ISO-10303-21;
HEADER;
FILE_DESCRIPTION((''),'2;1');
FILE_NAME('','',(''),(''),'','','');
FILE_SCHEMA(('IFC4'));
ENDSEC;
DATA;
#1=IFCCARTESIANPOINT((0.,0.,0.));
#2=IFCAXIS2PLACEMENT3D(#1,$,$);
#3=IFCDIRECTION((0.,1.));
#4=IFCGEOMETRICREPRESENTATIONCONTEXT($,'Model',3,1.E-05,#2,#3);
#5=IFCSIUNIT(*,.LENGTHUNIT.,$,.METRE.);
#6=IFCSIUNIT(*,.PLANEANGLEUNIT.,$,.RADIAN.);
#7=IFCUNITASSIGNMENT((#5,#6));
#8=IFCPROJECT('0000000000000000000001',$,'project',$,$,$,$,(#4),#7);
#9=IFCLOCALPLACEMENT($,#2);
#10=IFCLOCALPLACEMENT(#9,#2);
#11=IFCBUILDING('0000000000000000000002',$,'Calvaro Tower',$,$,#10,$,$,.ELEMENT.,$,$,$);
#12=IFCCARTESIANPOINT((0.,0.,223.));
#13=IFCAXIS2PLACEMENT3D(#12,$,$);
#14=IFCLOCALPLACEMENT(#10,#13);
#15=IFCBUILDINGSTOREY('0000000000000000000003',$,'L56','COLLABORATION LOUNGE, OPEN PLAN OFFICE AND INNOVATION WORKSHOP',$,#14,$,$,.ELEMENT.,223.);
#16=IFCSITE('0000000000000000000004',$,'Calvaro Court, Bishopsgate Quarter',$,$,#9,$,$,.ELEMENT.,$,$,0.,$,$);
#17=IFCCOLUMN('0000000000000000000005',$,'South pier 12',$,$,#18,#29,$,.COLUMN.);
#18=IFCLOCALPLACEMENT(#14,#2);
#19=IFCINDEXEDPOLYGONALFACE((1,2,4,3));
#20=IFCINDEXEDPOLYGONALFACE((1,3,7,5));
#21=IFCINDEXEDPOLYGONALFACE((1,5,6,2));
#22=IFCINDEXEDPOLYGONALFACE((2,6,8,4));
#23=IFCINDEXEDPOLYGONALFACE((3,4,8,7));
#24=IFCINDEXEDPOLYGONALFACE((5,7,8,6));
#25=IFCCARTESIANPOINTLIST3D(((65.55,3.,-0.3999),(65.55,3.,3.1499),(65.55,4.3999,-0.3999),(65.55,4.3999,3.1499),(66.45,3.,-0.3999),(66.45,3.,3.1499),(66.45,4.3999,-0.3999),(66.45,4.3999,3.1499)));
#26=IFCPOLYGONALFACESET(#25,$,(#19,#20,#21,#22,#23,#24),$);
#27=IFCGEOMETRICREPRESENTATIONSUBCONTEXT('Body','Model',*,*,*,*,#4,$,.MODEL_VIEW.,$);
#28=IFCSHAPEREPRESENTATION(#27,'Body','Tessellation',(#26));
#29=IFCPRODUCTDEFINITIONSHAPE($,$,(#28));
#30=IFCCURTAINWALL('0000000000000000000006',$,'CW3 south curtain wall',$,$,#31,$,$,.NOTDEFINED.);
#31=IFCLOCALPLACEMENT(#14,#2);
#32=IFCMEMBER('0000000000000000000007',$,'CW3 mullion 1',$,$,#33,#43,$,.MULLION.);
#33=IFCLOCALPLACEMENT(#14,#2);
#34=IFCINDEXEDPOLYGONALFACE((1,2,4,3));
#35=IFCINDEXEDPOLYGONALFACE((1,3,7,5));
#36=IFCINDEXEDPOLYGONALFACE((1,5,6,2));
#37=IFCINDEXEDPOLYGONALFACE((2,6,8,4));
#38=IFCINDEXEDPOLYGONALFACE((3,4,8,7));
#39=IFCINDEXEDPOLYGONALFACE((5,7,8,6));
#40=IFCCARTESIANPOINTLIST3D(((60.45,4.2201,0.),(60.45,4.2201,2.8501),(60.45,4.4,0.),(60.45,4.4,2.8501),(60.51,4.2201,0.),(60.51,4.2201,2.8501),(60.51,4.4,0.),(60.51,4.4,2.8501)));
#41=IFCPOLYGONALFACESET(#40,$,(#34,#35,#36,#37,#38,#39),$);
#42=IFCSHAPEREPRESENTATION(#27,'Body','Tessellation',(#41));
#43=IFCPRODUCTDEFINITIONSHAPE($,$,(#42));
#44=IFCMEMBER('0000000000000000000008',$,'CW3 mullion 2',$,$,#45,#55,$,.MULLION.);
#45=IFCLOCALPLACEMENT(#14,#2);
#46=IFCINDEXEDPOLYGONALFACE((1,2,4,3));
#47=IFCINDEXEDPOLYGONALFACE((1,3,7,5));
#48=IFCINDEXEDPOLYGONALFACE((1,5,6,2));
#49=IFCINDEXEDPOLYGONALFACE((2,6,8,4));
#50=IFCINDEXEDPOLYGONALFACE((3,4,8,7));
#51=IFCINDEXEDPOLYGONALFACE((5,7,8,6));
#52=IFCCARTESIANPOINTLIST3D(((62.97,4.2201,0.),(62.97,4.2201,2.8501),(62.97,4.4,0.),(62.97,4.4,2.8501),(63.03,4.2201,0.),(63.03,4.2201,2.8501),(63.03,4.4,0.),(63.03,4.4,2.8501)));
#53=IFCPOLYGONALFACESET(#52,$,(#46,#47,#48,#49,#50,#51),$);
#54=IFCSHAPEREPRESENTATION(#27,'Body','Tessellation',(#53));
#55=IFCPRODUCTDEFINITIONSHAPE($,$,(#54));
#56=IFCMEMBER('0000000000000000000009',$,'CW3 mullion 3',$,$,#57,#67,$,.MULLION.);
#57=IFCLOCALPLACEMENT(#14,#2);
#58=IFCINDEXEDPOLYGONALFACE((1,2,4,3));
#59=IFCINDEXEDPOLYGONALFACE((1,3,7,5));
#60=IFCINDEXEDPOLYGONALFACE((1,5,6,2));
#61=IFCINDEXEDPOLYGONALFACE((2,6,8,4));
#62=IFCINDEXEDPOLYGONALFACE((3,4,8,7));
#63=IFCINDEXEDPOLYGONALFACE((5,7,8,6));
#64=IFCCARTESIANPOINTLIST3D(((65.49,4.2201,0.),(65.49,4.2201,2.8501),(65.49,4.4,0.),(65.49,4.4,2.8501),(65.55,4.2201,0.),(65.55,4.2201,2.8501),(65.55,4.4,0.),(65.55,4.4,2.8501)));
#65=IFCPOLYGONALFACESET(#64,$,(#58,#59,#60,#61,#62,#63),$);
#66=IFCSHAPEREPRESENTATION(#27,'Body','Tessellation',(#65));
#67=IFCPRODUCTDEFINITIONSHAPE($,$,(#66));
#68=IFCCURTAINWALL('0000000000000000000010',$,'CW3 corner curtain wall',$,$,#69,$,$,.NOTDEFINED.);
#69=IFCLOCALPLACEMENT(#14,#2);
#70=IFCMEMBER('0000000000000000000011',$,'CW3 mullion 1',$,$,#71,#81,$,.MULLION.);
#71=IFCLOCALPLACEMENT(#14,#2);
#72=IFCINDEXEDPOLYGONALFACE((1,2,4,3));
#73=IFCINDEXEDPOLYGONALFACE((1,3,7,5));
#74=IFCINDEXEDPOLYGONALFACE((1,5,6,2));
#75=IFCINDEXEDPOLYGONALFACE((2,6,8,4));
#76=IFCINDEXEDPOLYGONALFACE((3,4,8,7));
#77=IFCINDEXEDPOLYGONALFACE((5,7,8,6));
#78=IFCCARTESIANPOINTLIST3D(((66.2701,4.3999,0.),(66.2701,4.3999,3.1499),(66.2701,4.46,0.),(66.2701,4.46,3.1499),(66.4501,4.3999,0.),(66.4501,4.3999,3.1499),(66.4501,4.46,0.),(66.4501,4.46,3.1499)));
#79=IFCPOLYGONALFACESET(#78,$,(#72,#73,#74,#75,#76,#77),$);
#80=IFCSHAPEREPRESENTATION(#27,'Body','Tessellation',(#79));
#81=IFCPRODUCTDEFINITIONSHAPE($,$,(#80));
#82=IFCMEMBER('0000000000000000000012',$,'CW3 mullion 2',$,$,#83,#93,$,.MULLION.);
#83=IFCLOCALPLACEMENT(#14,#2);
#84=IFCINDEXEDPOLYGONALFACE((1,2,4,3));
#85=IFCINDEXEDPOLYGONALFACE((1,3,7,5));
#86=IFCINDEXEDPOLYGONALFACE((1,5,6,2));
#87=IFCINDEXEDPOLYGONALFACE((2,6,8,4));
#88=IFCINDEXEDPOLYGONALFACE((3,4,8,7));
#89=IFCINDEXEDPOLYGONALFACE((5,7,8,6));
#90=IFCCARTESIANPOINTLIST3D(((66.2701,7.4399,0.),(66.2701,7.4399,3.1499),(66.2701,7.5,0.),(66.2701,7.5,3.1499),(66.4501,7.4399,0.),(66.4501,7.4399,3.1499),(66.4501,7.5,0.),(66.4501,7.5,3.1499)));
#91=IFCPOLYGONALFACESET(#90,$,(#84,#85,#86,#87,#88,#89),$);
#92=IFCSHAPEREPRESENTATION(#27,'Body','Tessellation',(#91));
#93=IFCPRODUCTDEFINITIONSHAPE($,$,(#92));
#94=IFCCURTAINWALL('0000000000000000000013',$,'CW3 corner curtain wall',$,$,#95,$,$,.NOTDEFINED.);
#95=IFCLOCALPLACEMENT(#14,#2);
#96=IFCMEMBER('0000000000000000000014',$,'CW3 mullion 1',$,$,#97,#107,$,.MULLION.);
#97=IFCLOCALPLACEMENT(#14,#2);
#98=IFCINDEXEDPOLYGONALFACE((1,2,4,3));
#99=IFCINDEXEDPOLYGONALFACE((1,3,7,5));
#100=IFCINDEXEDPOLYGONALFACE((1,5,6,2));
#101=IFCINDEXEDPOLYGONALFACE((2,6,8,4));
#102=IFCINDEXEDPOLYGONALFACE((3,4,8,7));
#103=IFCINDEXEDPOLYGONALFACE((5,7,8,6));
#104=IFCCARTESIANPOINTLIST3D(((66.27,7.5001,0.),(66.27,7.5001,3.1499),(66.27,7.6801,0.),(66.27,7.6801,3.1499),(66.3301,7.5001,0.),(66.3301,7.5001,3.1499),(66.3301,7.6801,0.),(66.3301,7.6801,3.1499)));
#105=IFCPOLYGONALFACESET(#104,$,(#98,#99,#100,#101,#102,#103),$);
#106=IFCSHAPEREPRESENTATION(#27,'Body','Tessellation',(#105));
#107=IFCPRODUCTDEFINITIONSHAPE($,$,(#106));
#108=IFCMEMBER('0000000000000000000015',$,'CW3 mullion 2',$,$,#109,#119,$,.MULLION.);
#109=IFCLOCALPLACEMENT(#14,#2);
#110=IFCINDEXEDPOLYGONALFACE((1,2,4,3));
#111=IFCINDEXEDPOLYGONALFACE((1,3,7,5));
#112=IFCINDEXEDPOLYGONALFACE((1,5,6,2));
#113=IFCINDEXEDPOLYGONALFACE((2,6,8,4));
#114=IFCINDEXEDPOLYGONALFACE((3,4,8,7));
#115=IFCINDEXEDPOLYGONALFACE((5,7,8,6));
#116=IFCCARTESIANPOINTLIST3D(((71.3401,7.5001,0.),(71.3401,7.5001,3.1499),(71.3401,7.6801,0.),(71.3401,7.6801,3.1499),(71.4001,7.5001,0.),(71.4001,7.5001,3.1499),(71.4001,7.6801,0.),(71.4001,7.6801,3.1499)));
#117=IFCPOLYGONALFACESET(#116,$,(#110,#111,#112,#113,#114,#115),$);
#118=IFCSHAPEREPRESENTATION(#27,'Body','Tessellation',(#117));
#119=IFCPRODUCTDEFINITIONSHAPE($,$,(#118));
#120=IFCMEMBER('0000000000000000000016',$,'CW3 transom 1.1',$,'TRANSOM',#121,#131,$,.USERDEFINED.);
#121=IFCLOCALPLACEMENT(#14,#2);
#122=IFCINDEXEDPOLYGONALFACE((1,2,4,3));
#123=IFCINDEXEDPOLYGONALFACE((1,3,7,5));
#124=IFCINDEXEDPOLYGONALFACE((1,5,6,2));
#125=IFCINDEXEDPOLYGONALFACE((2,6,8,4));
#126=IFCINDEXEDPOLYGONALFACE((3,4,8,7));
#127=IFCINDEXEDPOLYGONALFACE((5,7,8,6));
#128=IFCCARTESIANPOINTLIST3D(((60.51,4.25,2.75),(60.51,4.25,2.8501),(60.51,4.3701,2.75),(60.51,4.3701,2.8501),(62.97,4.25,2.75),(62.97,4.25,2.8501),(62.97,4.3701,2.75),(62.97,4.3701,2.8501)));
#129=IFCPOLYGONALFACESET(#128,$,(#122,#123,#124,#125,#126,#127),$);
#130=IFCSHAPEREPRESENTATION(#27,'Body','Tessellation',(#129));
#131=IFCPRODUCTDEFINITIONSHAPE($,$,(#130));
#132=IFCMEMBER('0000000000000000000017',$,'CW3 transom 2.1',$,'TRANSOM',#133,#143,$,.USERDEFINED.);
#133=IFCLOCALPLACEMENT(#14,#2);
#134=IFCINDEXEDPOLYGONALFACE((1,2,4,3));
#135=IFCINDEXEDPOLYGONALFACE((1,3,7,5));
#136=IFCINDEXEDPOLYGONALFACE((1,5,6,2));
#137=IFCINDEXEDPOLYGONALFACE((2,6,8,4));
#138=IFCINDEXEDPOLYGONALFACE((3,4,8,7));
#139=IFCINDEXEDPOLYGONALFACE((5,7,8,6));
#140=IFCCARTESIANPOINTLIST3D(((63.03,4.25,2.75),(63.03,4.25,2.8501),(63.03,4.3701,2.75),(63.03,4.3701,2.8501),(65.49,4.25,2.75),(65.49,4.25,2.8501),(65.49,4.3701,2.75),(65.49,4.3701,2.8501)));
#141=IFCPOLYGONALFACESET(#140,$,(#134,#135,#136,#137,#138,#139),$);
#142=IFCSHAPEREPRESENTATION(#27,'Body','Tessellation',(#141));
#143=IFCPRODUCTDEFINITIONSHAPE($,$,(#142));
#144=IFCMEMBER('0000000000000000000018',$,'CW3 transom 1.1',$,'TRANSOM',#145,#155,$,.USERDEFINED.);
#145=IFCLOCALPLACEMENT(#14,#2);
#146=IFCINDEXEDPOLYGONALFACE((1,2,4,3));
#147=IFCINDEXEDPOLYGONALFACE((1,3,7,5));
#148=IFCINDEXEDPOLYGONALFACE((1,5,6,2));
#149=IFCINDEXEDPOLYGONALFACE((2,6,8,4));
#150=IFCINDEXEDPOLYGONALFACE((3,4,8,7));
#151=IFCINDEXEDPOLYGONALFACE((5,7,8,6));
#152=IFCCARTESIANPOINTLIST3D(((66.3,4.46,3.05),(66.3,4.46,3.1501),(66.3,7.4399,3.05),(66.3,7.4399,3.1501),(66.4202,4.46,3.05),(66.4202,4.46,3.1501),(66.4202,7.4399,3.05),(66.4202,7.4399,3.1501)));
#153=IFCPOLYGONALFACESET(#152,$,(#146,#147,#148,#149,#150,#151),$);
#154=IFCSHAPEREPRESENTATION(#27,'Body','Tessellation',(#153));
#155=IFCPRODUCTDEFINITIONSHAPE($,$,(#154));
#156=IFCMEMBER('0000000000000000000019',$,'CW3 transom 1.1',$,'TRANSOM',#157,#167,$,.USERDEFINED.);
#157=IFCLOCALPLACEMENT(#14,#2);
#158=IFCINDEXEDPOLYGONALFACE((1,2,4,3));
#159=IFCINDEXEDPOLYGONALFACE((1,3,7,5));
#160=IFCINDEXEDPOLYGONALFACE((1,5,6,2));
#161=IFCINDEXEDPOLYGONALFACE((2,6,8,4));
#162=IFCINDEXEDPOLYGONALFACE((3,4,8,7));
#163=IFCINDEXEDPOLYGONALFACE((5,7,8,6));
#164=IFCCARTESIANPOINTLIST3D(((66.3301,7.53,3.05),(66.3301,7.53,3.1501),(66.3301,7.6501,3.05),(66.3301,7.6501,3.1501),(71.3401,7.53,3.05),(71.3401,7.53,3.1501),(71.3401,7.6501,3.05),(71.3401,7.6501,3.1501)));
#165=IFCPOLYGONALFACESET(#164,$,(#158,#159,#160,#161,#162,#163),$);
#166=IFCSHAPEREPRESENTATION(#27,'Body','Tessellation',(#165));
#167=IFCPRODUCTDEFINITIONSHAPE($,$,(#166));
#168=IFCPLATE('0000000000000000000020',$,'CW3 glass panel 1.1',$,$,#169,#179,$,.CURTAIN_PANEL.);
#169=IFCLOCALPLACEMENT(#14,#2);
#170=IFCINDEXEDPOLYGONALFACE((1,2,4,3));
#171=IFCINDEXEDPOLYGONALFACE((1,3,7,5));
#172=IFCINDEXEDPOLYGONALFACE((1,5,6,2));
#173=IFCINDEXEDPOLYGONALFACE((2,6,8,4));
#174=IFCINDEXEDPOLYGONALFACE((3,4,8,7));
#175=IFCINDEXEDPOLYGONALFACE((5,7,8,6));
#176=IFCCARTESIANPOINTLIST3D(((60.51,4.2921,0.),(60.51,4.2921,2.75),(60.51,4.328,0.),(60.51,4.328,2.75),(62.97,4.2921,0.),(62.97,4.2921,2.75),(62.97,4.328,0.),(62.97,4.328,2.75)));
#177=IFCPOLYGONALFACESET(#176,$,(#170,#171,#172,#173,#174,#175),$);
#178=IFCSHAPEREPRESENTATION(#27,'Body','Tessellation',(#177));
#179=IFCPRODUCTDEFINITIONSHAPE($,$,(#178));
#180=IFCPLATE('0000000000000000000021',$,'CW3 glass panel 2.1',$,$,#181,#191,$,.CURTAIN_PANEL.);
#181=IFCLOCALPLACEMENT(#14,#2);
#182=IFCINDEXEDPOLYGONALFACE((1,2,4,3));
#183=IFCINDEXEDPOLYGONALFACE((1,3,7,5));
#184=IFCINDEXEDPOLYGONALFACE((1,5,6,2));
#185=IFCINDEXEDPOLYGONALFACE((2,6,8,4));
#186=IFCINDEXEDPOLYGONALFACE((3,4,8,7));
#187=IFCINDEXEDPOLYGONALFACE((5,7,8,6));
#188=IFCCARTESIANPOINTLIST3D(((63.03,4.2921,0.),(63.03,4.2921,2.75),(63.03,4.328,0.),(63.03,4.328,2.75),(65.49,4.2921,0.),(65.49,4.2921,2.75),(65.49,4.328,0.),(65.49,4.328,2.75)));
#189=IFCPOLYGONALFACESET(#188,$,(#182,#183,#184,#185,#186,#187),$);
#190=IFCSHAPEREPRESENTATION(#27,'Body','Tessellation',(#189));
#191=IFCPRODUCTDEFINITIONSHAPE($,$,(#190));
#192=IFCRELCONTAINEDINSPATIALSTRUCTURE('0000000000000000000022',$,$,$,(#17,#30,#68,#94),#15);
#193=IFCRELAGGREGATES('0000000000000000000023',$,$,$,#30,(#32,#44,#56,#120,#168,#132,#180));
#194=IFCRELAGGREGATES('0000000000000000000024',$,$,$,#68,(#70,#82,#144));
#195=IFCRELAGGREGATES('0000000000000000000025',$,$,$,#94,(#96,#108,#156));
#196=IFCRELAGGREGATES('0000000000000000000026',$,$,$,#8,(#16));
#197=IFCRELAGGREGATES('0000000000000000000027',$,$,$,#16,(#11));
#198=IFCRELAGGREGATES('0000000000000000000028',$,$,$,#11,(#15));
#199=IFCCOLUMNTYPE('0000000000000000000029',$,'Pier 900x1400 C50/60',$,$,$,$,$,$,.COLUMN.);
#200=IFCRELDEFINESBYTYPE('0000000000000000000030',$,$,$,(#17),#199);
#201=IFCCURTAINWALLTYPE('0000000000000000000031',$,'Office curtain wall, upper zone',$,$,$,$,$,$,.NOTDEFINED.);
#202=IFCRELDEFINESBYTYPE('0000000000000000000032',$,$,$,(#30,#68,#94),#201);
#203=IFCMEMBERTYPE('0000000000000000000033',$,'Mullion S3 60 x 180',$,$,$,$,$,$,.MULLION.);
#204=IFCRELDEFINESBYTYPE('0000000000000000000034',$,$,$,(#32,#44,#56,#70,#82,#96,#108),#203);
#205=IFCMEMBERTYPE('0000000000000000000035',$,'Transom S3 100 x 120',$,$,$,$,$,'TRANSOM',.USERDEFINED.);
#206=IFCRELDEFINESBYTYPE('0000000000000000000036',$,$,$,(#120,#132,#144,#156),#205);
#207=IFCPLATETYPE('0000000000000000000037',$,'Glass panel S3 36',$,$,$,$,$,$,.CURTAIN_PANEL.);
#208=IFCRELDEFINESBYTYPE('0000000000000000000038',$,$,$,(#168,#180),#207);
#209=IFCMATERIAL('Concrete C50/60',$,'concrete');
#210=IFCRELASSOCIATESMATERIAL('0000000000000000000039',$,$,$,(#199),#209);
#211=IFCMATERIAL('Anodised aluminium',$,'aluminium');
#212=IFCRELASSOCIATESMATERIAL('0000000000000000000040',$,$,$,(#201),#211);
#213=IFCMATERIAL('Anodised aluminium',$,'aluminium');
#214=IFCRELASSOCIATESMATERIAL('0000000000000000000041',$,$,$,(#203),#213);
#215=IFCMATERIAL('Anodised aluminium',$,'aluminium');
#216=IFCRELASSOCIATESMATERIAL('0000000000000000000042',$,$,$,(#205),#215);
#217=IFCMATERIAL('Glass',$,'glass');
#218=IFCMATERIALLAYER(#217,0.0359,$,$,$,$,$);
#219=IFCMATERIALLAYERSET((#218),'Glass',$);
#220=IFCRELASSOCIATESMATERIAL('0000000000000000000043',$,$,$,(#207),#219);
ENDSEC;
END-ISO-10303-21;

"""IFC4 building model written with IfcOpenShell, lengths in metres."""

from ifc_helpers import new_model, si_unit, direction, frame, origin, origin_2d, place, context, subcontext, project, spatial, rectangle, extrude, material, layer, layer_set, material_profile, profile_set, type_object, element, aggregate, save


model = new_model("IFC4")

# Units and contexts
model_context = context("Model", 3, precision=1e-05, world=origin(), true_north=direction((0.0, 1.0)))
body_context = subcontext(model_context, "Body", "Model", "MODEL_VIEW")
ifc_project = project(units=[si_unit("LENGTHUNIT", "METRE"), si_unit("PLANEANGLEUNIT", "RADIAN")], contexts=[model_context])

# Site, building, storey
site_placement = place(None, origin())
site = spatial("IfcSite", under=ifc_project, at=site_placement, Name="Calvaro Court, Bishopsgate Quarter", CompositionType="ELEMENT", RefElevation=0.0)
building_placement = place(site_placement, origin())
building = spatial("IfcBuilding", under=site, at=building_placement, Name="Calvaro Tower", CompositionType="ELEMENT")
storey_placement = place(building_placement, frame((0.0, 0.0, 223.0)))
storey = spatial("IfcBuildingStorey", under=building, at=storey_placement, Name="L56", Description="COLLABORATION LOUNGE, OPEN PLAN OFFICE AND INNOVATION WORKSHOP", CompositionType="ELEMENT", Elevation=223.0)

# Column
ifc_material_1 = material(Name="Concrete C50/60", Category="concrete")
ifc_material_profile_1 = material_profile(ifc_material_1, rectangle(XDim=0.8999, YDim=1.3999, at=origin_2d()), Name="RC 900x1400")
ifc_profile_set_1 = profile_set([ifc_material_profile_1], Name="Concrete C50/60")
column_type = type_object("IfcColumnType", Name="Pier 900x1400 C50/60", PredefinedType="COLUMN", material=ifc_profile_set_1)
column_placement = place(storey_placement, frame((66.0, 3.7, -0.3999), z_axis=(0.0, 0.0, 1.0), x_axis=(1.0, 0.0, 0.0)))
element("IfcColumn", 1, at=column_placement, inside=storey, type_object=column_type, Name="South pier 12", PredefinedType="COLUMN", context=body_context, shape_type="SweptSolid", body=[
    extrude(rectangle(XDim=0.8999, YDim=1.3999, at=origin_2d()), origin(), (0.0, 0.0, 1.0), 3.5498),
])

# Curtain walls, members
ifc_material_2 = material(Name="Anodised aluminium", Category="aluminium")
curtain_wall_type = type_object("IfcCurtainWallType", Name="Office curtain wall, upper zone", PredefinedType="NOTDEFINED", material=ifc_material_2)
curtain_wall_1_placement = place(storey_placement, origin())
curtain_wall_1 = element("IfcCurtainWall", 2, at=curtain_wall_1_placement, inside=storey, type_object=curtain_wall_type, Name="CW3 south curtain wall", PredefinedType="NOTDEFINED")
ifc_material_3 = material(Name="Anodised aluminium", Category="aluminium")
ifc_material_profile_2 = material_profile(ifc_material_3, rectangle(XDim=0.1799, YDim=0.0601, at=origin_2d()), Name="Mullion S3 60 x 180")
ifc_profile_set_2 = profile_set([ifc_material_profile_2], Name="Anodised aluminium")
member_type_1 = type_object("IfcMemberType", Name="Mullion S3 60 x 180", PredefinedType="MULLION", material=ifc_profile_set_2)
member_1_placement = place(storey_placement, frame((60.48, 4.3101, 0.0), z_axis=(0.0, 0.0, 1.0), x_axis=(0.0, 1.0, 0.0)))
member_1 = element("IfcMember", 3, at=member_1_placement, type_object=member_type_1, Name="CW3 mullion 1", PredefinedType="MULLION", context=body_context, shape_type="SweptSolid", body=[
    extrude(rectangle(XDim=0.1799, YDim=0.0601, at=origin_2d()), origin(), (0.0, 0.0, 1.0), 2.8501),
])
member_2_placement = place(storey_placement, frame((63.0, 4.3101, 0.0), z_axis=(0.0, 0.0, 1.0), x_axis=(0.0, 1.0, 0.0)))
member_2 = element("IfcMember", 4, at=member_2_placement, type_object=member_type_1, Name="CW3 mullion 2", PredefinedType="MULLION", context=body_context, shape_type="SweptSolid", body=[
    extrude(rectangle(XDim=0.1799, YDim=0.0601, at=origin_2d()), origin(), (0.0, 0.0, 1.0), 2.8501),
])
member_3_placement = place(storey_placement, frame((65.52, 4.3101, 0.0), z_axis=(0.0, 0.0, 1.0), x_axis=(0.0, 1.0, 0.0)))
member_3 = element("IfcMember", 5, at=member_3_placement, type_object=member_type_1, Name="CW3 mullion 3", PredefinedType="MULLION", context=body_context, shape_type="SweptSolid", body=[
    extrude(rectangle(XDim=0.1799, YDim=0.0601, at=origin_2d()), origin(), (0.0, 0.0, 1.0), 2.8501),
])
curtain_wall_2_placement = place(storey_placement, origin())
curtain_wall_2 = element("IfcCurtainWall", 6, at=curtain_wall_2_placement, inside=storey, type_object=curtain_wall_type, Name="CW3 corner curtain wall", PredefinedType="NOTDEFINED")
member_4_placement = place(storey_placement, frame((66.3601, 4.4299, 0.0), z_axis=(0.0, 0.0, 1.0), x_axis=(-1.0, 0.0, 0.0)))
member_4 = element("IfcMember", 7, at=member_4_placement, type_object=member_type_1, Name="CW3 mullion 1", PredefinedType="MULLION", context=body_context, shape_type="SweptSolid", body=[
    extrude(rectangle(XDim=0.1799, YDim=0.0601, at=origin_2d()), origin(), (0.0, 0.0, 1.0), 3.1499),
])
member_5_placement = place(storey_placement, frame((66.3601, 7.47, 0.0), z_axis=(0.0, 0.0, 1.0), x_axis=(-1.0, 0.0, 0.0)))
member_5 = element("IfcMember", 8, at=member_5_placement, type_object=member_type_1, Name="CW3 mullion 2", PredefinedType="MULLION", context=body_context, shape_type="SweptSolid", body=[
    extrude(rectangle(XDim=0.1799, YDim=0.0601, at=origin_2d()), origin(), (0.0, 0.0, 1.0), 3.1499),
])
curtain_wall_3_placement = place(storey_placement, origin())
curtain_wall_3 = element("IfcCurtainWall", 9, at=curtain_wall_3_placement, inside=storey, type_object=curtain_wall_type, Name="CW3 corner curtain wall", PredefinedType="NOTDEFINED")
member_6_placement = place(storey_placement, frame((66.3, 7.5901, 0.0), z_axis=(0.0, 0.0, 1.0), x_axis=(0.0, 1.0, 0.0)))
member_6 = element("IfcMember", 10, at=member_6_placement, type_object=member_type_1, Name="CW3 mullion 1", PredefinedType="MULLION", context=body_context, shape_type="SweptSolid", body=[
    extrude(rectangle(XDim=0.1799, YDim=0.0601, at=origin_2d()), origin(), (0.0, 0.0, 1.0), 3.1499),
])
member_7_placement = place(storey_placement, frame((71.3701, 7.5901, 0.0), z_axis=(0.0, 0.0, 1.0), x_axis=(0.0, 1.0, 0.0)))
member_7 = element("IfcMember", 11, at=member_7_placement, type_object=member_type_1, Name="CW3 mullion 2", PredefinedType="MULLION", context=body_context, shape_type="SweptSolid", body=[
    extrude(rectangle(XDim=0.1799, YDim=0.0601, at=origin_2d()), origin(), (0.0, 0.0, 1.0), 3.1499),
])

# Members
ifc_material_4 = material(Name="Anodised aluminium", Category="aluminium")
ifc_material_profile_3 = material_profile(ifc_material_4, rectangle(XDim=0.1201, YDim=0.1001, at=origin_2d()), Name="Transom S3 100 x 120")
ifc_profile_set_3 = profile_set([ifc_material_profile_3], Name="Anodised aluminium")
member_type_2 = type_object("IfcMemberType", Name="Transom S3 100 x 120", ElementType="TRANSOM", PredefinedType="USERDEFINED", material=ifc_profile_set_3)
member_8_placement = place(storey_placement, frame((60.51, 4.3101, 2.8), z_axis=(1.0, 0.0, 0.0), x_axis=(0.0, 1.0, 0.0)))
member_8 = element("IfcMember", 12, at=member_8_placement, type_object=member_type_2, Name="CW3 transom 1.1", ObjectType="TRANSOM", PredefinedType="USERDEFINED", context=body_context, shape_type="SweptSolid", body=[
    extrude(rectangle(XDim=0.1201, YDim=0.1001, at=origin_2d()), origin(), (0.0, 0.0, 1.0), 2.46),
])
member_9_placement = place(storey_placement, frame((63.03, 4.3101, 2.8), z_axis=(1.0, 0.0, 0.0), x_axis=(0.0, 1.0, 0.0)))
member_9 = element("IfcMember", 13, at=member_9_placement, type_object=member_type_2, Name="CW3 transom 2.1", ObjectType="TRANSOM", PredefinedType="USERDEFINED", context=body_context, shape_type="SweptSolid", body=[
    extrude(rectangle(XDim=0.1201, YDim=0.1001, at=origin_2d()), origin(), (0.0, 0.0, 1.0), 2.46),
])
member_10_placement = place(storey_placement, frame((66.3601, 4.46, 3.1001), z_axis=(0.0, 1.0, 0.0), x_axis=(-1.0, 0.0, 0.0)))
member_10 = element("IfcMember", 14, at=member_10_placement, type_object=member_type_2, Name="CW3 transom 1.1", ObjectType="TRANSOM", PredefinedType="USERDEFINED", context=body_context, shape_type="SweptSolid", body=[
    extrude(rectangle(XDim=0.1201, YDim=0.1001, at=origin_2d()), origin(), (0.0, 0.0, 1.0), 2.98),
])
member_11_placement = place(storey_placement, frame((66.3301, 7.5901, 3.1001), z_axis=(1.0, 0.0, 0.0), x_axis=(0.0, 1.0, 0.0)))
member_11 = element("IfcMember", 15, at=member_11_placement, type_object=member_type_2, Name="CW3 transom 1.1", ObjectType="TRANSOM", PredefinedType="USERDEFINED", context=body_context, shape_type="SweptSolid", body=[
    extrude(rectangle(XDim=0.1201, YDim=0.1001, at=origin_2d()), origin(), (0.0, 0.0, 1.0), 5.01),
])

# Plates
ifc_material_5 = material(Name="Glass", Category="glass")
ifc_layer_1 = layer(ifc_material_5, 0.0359)
ifc_layer_set_1 = layer_set([ifc_layer_1], Name="Glass")
plate_type = type_object("IfcPlateType", Name="Glass panel S3 36", PredefinedType="CURTAIN_PANEL", material=ifc_layer_set_1)
plate_1_placement = place(storey_placement, frame((61.74, 4.3101, 0.0), z_axis=(0.0, 0.0, 1.0), x_axis=(1.0, 0.0, 0.0)))
plate_1 = element("IfcPlate", 16, at=plate_1_placement, type_object=plate_type, Name="CW3 glass panel 1.1", PredefinedType="CURTAIN_PANEL", context=body_context, shape_type="SweptSolid", body=[
    extrude(rectangle(XDim=2.46, YDim=0.0359, at=origin_2d()), origin(), (0.0, 0.0, 1.0), 2.75),
])
plate_2_placement = place(storey_placement, frame((64.26, 4.3101, 0.0), z_axis=(0.0, 0.0, 1.0), x_axis=(1.0, 0.0, 0.0)))
plate_2 = element("IfcPlate", 17, at=plate_2_placement, type_object=plate_type, Name="CW3 glass panel 2.1", PredefinedType="CURTAIN_PANEL", context=body_context, shape_type="SweptSolid", body=[
    extrude(rectangle(XDim=2.46, YDim=0.0359, at=origin_2d()), origin(), (0.0, 0.0, 1.0), 2.75),
])
aggregate(curtain_wall_1, [member_1, member_2, member_3, member_8, plate_1, member_9, plate_2])
aggregate(curtain_wall_2, [member_4, member_5, member_10])
aggregate(curtain_wall_3, [member_6, member_7, member_11])

save(model, "model.ifc")
